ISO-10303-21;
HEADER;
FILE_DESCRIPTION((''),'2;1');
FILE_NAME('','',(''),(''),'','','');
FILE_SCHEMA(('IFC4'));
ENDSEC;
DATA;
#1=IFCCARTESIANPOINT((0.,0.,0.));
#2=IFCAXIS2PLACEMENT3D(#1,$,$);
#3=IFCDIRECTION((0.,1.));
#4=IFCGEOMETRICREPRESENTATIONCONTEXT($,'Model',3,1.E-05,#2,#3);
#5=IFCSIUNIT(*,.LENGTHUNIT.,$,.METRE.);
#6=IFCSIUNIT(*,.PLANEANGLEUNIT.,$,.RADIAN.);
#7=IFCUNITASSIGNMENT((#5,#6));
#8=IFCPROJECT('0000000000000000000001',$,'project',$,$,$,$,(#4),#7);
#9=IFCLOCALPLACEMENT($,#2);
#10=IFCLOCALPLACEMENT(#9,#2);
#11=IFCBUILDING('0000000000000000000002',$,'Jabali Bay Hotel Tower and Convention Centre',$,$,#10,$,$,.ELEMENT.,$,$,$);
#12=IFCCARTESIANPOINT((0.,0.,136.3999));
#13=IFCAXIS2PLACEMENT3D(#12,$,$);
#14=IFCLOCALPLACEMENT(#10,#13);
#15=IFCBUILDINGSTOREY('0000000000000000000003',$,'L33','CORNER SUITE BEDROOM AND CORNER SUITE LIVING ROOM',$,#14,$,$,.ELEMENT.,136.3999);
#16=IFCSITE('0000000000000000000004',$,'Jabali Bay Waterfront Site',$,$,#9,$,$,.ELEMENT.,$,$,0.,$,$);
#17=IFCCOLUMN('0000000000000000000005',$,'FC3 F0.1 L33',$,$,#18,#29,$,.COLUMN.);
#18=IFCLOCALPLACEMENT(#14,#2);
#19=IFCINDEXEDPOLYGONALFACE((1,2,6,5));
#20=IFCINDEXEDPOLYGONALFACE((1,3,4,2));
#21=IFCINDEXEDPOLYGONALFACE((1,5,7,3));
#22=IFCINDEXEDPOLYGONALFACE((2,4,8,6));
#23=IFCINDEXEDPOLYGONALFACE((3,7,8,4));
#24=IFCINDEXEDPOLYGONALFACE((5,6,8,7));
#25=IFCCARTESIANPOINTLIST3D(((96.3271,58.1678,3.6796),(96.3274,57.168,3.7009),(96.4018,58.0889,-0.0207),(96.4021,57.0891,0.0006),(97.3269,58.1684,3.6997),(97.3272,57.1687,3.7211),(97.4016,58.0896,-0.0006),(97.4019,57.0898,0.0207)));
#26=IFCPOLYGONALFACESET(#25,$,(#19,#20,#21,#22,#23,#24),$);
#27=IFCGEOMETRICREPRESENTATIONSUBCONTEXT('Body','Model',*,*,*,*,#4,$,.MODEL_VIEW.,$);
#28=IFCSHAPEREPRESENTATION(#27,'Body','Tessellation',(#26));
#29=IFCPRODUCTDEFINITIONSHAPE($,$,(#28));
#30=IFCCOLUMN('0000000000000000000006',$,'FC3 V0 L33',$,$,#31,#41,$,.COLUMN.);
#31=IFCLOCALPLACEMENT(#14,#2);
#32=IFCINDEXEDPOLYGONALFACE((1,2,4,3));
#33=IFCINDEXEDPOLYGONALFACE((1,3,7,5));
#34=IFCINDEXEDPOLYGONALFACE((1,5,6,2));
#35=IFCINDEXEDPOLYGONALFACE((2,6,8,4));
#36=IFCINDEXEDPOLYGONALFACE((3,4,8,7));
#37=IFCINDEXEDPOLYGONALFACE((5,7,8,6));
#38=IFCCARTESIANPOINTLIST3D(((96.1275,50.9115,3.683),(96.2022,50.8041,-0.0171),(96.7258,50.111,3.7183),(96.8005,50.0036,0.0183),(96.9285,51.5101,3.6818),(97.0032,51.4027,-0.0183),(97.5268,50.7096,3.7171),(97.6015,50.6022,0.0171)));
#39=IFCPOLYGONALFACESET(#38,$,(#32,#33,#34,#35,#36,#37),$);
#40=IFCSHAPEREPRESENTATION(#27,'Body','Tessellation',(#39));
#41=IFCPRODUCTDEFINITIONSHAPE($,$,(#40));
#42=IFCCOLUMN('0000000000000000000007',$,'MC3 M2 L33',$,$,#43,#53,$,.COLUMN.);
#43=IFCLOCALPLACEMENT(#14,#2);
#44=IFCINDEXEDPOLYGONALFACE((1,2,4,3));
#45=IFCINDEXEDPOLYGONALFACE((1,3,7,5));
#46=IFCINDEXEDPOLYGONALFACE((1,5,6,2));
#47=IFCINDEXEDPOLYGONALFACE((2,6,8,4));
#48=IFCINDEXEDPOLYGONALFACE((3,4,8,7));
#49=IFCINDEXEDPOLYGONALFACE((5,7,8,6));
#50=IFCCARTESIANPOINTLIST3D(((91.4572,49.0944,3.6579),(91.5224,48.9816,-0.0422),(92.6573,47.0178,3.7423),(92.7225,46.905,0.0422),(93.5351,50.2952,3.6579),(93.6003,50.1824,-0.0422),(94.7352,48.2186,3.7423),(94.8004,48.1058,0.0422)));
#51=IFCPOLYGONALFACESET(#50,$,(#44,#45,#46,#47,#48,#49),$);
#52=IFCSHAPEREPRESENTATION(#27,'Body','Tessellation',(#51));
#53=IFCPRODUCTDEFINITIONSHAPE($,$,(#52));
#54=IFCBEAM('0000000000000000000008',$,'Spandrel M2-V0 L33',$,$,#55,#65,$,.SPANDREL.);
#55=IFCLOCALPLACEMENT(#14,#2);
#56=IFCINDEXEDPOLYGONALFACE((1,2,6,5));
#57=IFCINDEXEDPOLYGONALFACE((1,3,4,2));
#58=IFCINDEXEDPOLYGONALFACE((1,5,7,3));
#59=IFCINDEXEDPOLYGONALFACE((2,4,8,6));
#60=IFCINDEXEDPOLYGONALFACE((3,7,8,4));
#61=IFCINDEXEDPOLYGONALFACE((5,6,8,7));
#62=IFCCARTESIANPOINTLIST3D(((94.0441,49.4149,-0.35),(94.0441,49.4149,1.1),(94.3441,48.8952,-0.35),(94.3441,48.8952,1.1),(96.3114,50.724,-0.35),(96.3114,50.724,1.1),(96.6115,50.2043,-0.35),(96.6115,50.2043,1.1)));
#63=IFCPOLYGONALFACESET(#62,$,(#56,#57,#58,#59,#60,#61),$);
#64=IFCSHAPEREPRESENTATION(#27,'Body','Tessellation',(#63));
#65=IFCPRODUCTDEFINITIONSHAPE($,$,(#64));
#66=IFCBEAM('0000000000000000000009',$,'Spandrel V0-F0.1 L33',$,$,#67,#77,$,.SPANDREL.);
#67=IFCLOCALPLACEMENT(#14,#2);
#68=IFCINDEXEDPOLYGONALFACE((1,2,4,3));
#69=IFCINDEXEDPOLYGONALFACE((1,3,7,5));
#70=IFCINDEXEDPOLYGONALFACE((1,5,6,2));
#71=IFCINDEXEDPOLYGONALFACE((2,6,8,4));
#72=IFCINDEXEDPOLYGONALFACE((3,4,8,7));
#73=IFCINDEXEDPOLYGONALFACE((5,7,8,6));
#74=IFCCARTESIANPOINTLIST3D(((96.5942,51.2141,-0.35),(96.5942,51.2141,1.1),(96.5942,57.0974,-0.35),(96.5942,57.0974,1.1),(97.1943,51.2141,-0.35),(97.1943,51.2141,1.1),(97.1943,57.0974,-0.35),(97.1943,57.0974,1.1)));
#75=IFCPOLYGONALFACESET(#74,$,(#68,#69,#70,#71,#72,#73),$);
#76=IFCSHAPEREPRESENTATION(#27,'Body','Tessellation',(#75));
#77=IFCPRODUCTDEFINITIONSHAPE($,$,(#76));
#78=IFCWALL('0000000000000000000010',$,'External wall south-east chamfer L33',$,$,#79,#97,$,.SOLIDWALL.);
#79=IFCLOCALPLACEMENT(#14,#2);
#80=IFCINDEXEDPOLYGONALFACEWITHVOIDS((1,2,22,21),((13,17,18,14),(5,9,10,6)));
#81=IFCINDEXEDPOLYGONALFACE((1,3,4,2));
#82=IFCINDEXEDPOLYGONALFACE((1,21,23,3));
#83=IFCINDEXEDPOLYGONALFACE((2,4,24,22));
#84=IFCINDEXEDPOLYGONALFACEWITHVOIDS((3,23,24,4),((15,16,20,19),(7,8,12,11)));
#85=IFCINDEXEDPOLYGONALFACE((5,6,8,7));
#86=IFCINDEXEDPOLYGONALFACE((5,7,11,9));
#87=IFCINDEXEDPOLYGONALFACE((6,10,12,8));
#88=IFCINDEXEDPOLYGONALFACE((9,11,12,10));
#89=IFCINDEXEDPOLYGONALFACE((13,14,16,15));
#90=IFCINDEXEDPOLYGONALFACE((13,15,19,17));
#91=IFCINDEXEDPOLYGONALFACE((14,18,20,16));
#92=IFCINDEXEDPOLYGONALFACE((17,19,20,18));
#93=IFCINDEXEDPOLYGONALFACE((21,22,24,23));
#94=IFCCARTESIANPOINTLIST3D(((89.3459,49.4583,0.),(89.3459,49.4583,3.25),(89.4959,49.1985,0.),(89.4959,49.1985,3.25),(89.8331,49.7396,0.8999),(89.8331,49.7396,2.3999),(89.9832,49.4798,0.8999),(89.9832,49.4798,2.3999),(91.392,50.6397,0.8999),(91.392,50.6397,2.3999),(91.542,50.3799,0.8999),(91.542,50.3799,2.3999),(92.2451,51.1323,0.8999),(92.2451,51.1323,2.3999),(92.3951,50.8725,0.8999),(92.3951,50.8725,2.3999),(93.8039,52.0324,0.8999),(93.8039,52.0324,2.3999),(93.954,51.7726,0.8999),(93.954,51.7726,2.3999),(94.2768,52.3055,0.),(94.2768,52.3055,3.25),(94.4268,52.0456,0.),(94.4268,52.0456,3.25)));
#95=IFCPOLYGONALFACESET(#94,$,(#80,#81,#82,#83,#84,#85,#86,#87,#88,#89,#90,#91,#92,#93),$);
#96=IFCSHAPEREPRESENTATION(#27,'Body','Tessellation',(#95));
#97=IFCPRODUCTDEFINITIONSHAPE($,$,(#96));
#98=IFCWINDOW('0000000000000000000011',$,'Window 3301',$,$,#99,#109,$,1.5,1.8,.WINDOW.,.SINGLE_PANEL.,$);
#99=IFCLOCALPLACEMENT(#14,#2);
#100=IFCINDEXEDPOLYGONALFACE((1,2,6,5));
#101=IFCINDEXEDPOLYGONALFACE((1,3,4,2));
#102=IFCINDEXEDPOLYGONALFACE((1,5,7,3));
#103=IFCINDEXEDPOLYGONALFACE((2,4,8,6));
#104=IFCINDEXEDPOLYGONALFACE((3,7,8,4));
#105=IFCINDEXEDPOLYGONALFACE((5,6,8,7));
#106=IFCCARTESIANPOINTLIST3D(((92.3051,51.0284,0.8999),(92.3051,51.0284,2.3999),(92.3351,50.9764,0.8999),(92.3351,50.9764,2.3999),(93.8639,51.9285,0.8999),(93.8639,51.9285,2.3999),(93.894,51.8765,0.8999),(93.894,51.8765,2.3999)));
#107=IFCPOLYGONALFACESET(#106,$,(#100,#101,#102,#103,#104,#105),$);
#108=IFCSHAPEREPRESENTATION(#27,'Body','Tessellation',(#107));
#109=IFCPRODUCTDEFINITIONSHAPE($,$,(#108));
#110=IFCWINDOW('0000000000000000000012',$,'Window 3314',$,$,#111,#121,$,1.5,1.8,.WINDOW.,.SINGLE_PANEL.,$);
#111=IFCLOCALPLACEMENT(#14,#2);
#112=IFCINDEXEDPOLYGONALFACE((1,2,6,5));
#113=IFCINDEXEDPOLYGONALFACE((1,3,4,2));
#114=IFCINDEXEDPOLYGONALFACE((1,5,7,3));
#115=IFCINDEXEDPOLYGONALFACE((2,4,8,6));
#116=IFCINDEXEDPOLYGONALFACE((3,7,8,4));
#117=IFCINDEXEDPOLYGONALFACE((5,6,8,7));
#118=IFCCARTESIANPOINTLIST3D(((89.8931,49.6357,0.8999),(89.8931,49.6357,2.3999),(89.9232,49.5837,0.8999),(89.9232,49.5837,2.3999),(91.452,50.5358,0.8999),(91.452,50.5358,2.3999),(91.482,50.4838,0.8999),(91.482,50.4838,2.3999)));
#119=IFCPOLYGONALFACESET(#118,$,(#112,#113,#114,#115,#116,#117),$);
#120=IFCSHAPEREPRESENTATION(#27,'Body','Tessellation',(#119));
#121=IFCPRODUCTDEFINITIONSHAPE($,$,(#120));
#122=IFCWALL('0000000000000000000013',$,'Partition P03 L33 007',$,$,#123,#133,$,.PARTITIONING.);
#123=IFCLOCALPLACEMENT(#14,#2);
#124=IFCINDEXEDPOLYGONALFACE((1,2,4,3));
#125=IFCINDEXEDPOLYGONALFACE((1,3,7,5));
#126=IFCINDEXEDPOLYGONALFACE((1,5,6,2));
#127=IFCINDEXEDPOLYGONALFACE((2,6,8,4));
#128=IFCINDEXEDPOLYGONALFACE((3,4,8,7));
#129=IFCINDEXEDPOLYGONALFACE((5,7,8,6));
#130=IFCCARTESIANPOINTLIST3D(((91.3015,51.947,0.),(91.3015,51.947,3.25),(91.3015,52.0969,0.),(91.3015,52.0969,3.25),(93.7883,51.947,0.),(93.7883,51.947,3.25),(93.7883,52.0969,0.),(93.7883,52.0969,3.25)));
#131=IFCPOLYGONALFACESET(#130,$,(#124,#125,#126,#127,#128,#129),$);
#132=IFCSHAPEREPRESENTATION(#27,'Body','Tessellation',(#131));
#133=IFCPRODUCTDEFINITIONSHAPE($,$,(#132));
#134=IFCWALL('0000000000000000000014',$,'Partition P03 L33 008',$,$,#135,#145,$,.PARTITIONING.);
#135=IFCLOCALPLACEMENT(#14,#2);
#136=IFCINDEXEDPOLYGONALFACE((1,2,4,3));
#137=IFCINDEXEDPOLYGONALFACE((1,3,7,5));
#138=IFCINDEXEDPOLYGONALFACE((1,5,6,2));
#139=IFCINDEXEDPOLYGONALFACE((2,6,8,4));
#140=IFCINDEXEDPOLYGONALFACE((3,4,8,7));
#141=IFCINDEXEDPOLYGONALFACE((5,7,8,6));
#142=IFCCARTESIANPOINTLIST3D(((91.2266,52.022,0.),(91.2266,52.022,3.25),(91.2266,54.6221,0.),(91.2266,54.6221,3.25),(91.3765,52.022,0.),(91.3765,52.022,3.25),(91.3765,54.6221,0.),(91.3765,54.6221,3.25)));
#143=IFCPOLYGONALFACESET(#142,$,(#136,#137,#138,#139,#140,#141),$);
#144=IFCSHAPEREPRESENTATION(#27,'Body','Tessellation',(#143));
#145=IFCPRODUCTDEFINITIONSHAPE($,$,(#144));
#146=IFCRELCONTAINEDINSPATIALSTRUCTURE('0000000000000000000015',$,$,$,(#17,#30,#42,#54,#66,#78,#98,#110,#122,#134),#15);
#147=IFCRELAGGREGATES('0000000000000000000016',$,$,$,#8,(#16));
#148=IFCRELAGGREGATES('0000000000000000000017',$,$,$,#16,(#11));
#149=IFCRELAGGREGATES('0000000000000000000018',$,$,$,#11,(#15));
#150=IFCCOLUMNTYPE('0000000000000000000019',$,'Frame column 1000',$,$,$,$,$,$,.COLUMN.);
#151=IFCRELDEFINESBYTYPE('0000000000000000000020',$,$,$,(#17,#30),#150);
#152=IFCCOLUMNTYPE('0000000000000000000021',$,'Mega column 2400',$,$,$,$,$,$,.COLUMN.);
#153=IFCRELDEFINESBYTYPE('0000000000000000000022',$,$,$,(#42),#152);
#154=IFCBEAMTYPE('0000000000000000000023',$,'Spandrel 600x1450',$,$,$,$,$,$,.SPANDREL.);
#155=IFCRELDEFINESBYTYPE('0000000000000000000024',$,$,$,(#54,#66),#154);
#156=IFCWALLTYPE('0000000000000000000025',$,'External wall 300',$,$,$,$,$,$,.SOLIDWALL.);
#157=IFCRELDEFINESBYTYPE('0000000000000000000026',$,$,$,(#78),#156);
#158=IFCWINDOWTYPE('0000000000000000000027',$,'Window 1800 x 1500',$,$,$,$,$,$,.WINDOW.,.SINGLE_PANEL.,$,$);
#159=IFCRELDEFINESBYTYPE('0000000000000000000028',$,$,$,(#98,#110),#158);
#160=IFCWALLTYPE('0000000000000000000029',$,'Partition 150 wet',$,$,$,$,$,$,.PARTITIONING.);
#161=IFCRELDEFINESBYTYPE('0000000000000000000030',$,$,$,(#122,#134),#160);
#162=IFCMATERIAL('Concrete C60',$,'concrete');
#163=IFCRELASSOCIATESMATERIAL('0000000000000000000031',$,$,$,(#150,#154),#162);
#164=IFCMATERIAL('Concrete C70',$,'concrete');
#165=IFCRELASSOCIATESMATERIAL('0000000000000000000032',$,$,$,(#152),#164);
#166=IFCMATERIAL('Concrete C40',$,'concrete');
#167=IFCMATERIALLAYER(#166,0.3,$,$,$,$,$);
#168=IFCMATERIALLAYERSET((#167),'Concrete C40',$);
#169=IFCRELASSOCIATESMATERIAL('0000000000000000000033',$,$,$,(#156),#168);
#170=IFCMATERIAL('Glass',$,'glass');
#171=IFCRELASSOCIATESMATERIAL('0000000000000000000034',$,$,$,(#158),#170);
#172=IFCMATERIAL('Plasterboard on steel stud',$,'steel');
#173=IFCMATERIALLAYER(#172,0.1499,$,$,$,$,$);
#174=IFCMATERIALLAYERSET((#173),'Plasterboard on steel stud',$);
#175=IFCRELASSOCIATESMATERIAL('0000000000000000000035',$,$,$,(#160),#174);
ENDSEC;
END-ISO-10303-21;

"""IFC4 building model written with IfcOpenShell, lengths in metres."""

from ifc_helpers import new_model, si_unit, direction, frame, frame_2d, origin, origin_2d, place, context, subcontext, project, spatial, rectangle, extrude, material, layer, layer_set, material_profile, profile_set, type_object, element, fill, save


model = new_model("IFC4")

# Units and contexts
model_context = context("Model", 3, precision=1e-05, world=origin(), true_north=direction((0.0, 1.0)))
body_context = subcontext(model_context, "Body", "Model", "MODEL_VIEW")
ifc_project = project(units=[si_unit("LENGTHUNIT", "METRE"), si_unit("PLANEANGLEUNIT", "RADIAN")], contexts=[model_context])

# Site, building, storey
site_placement = place(None, origin())
site = spatial("IfcSite", under=ifc_project, at=site_placement, Name="Jabali Bay Waterfront Site", CompositionType="ELEMENT", RefElevation=0.0)
building_placement = place(site_placement, origin())
building = spatial("IfcBuilding", under=site, at=building_placement, Name="Jabali Bay Hotel Tower and Convention Centre", CompositionType="ELEMENT")
storey_placement = place(building_placement, frame((0.0, 0.0, 136.3999)))
storey = spatial("IfcBuildingStorey", under=building, at=storey_placement, Name="L33", Description="CORNER SUITE BEDROOM AND CORNER SUITE LIVING ROOM", CompositionType="ELEMENT", Elevation=136.3999)

# Columns
ifc_material_1 = material(Name="Concrete C60", Category="concrete")
ifc_material_profile_1 = material_profile(ifc_material_1, rectangle(XDim=1.0, YDim=1.0, at=origin_2d()), Name="Frame column 1000")
ifc_profile_set_1 = profile_set([ifc_material_profile_1], Name="Concrete C60")
column_type_1 = type_object("IfcColumnType", Name="Frame column 1000", PredefinedType="COLUMN", material=ifc_profile_set_1)
column_1_placement = place(storey_placement, frame((96.9019, 57.5894, 0.0), z_axis=(-0.020181, 0.021303, 0.999569), x_axis=(0.000228, -0.999773, 0.021311)))
element("IfcColumn", 1, at=column_1_placement, inside=storey, type_object=column_type_1, Name="FC3 F0.1 L33", PredefinedType="COLUMN", context=body_context, shape_type="SweptSolid", body=[
    extrude(rectangle(XDim=1.0, YDim=1.0, at=origin_2d()), origin(), (0.0, 0.0, 1.0), 3.7019),
])
column_2_placement = place(storey_placement, frame((96.9019, 50.7031, 0.0), z_axis=(-0.020177, 0.029013, 0.999375), x_axis=(-0.801034, -0.598618, 0.001206)))
element("IfcColumn", 2, at=column_2_placement, inside=storey, type_object=column_type_1, Name="FC3 V0 L33", PredefinedType="COLUMN", context=body_context, shape_type="SweptSolid", body=[
    extrude(rectangle(XDim=1.0, YDim=1.0, at=origin_2d()), origin(), (0.0, 0.0, 1.0), 3.7024),
])
ifc_material_2 = material(Name="Concrete C70", Category="concrete")
ifc_material_profile_2 = material_profile(ifc_material_2, rectangle(XDim=2.3999, YDim=2.3999, at=origin_2d()), Name="Mega column 2400")
ifc_profile_set_2 = profile_set([ifc_material_profile_2], Name="Concrete C70")
column_type_2 = type_object("IfcColumnType", Name="Mega column 2400", PredefinedType="COLUMN", material=ifc_profile_set_2)
column_3_placement = place(storey_placement, frame((93.1614, 48.5437, 0.0), z_axis=(-0.017606, 0.030464, 0.999381), x_axis=(-0.865809, -0.500375, 0.0)))
element("IfcColumn", 3, at=column_3_placement, inside=storey, type_object=column_type_2, Name="MC3 M2 L33", PredefinedType="COLUMN", context=body_context, shape_type="SweptSolid", body=[
    extrude(rectangle(XDim=2.3999, YDim=2.3999, at=origin_2d()), origin(), (0.0, 0.0, 1.0), 3.7024),
])

# Beams
ifc_material_profile_3 = material_profile(ifc_material_1, rectangle(XDim=0.6001, YDim=1.45, at=origin_2d()), Name="Spandrel 600x1450")
ifc_profile_set_3 = profile_set([ifc_material_profile_3], Name="Concrete C60")
beam_type = type_object("IfcBeamType", Name="Spandrel 600x1450", PredefinedType="SPANDREL", material=ifc_profile_set_3)
beam_1_placement = place(storey_placement, frame((94.1941, 49.155, 0.375), z_axis=(0.866019, 0.50001, 0.0), x_axis=(-0.50001, 0.866019, 0.0)))
element("IfcBeam", 4, at=beam_1_placement, inside=storey, type_object=beam_type, Name="Spandrel M2-V0 L33", PredefinedType="SPANDREL", context=body_context, shape_type="SweptSolid", body=[
    extrude(rectangle(XDim=0.6001, YDim=1.45, at=origin_2d()), origin(), (0.0, 0.0, 1.0), 2.6182),
])
beam_2_placement = place(storey_placement, frame((96.8943, 51.2141, 0.375), z_axis=(0.0, 1.0, 0.0), x_axis=(-1.0, 0.0, 0.0)))
element("IfcBeam", 5, at=beam_2_placement, inside=storey, type_object=beam_type, Name="Spandrel V0-F0.1 L33", PredefinedType="SPANDREL", context=body_context, shape_type="SweptSolid", body=[
    extrude(rectangle(XDim=0.6001, YDim=1.45, at=origin_2d()), origin(), (0.0, 0.0, 1.0), 5.8833),
])

# Wall, openings, windows
ifc_material_3 = material(Name="Concrete C40", Category="concrete")
ifc_layer_1 = layer(ifc_material_3, 0.3)
ifc_layer_set_1 = layer_set([ifc_layer_1], Name="Concrete C40")
wall_type_1 = type_object("IfcWallType", Name="External wall 300", PredefinedType="SOLIDWALL", material=ifc_layer_set_1)
wall_1_placement = place(storey_placement, frame((94.3518, 52.1755, 0.0), z_axis=(0.0, 0.0, 1.0), x_axis=(-0.866002, -0.50004, 0.0)))
wall_1 = element("IfcWall", 6, at=wall_1_placement, inside=storey, type_object=wall_type_1, Name="External wall south-east chamfer L33", PredefinedType="SOLIDWALL", context=body_context, shape_type="SweptSolid", body=[
    extrude(rectangle(XDim=5.6938, YDim=0.3, at=frame_2d((2.8469, 0.0))), origin(), (0.0, 0.0, 1.0), 3.25),
])
opening_1_placement = place(wall_1_placement, frame((0.5461, 0.0, 0.8999)))
opening_1 = element("IfcOpeningElement", 7, at=opening_1_placement, cuts=wall_1, PredefinedType="OPENING", context=body_context, shape_type="SweptSolid", body=[
    extrude(rectangle(XDim=1.8, YDim=1.5, at=frame_2d((0.8999, 0.75))), frame((0.0, 0.1606, 0.0), z_axis=(0.0, -1.0, 0.0), x_axis=(1.0, 0.0, 0.0)), (0.0, 0.0, 1.0), 0.321),
])
opening_2_placement = place(wall_1_placement, frame((3.3313, 0.0, 0.8999)))
opening_2 = element("IfcOpeningElement", 8, at=opening_2_placement, cuts=wall_1, PredefinedType="OPENING", context=body_context, shape_type="SweptSolid", body=[
    extrude(rectangle(XDim=1.8, YDim=1.5, at=frame_2d((0.8999, 0.75))), frame((0.0, 0.1606, 0.0), z_axis=(0.0, -1.0, 0.0), x_axis=(1.0, 0.0, 0.0)), (0.0, 0.0, 1.0), 0.321),
])
ifc_material_4 = material(Name="Glass", Category="glass")
window_type = type_object("IfcWindowType", Name="Window 1800 x 1500", PartitioningType="SINGLE_PANEL", PredefinedType="WINDOW", material=ifc_material_4)
window_1_placement = place(opening_1_placement, origin())
window_1 = element("IfcWindow", 9, at=window_1_placement, inside=storey, type_object=window_type, Name="Window 3301", OverallHeight=1.5, OverallWidth=1.8, PartitioningType="SINGLE_PANEL", PredefinedType="WINDOW", context=body_context, shape_type="SweptSolid", body=[
    extrude(rectangle(XDim=1.8, YDim=1.5, at=frame_2d((0.8999, 0.75))), frame((0.0, 0.03, 0.0), z_axis=(0.0, -1.0, 0.0), x_axis=(1.0, 0.0, 0.0)), (0.0, 0.0, 1.0), 0.0601),
])
fill(opening_1, window_1)
window_2_placement = place(opening_2_placement, origin())
window_2 = element("IfcWindow", 10, at=window_2_placement, inside=storey, type_object=window_type, Name="Window 3314", OverallHeight=1.5, OverallWidth=1.8, PartitioningType="SINGLE_PANEL", PredefinedType="WINDOW", context=body_context, shape_type="SweptSolid", body=[
    extrude(rectangle(XDim=1.8, YDim=1.5, at=frame_2d((0.8999, 0.75))), frame((0.0, 0.03, 0.0), z_axis=(0.0, -1.0, 0.0), x_axis=(1.0, 0.0, 0.0)), (0.0, 0.0, 1.0), 0.0601),
])
fill(opening_2, window_2)

# Walls
ifc_material_5 = material(Name="Plasterboard on steel stud", Category="steel")
ifc_layer_2 = layer(ifc_material_5, 0.1499)
ifc_layer_set_2 = layer_set([ifc_layer_2], Name="Plasterboard on steel stud")
wall_type_2 = type_object("IfcWallType", Name="Partition 150 wet", PredefinedType="PARTITIONING", material=ifc_layer_set_2)
wall_2_placement = place(storey_placement, frame((93.7883, 52.022, 0.0), z_axis=(0.0, 0.0, 1.0), x_axis=(-1.0, 0.0, 0.0)))
element("IfcWall", 11, at=wall_2_placement, inside=storey, type_object=wall_type_2, Name="Partition P03 L33 007", PredefinedType="PARTITIONING", context=body_context, shape_type="SweptSolid", body=[
    extrude(rectangle(XDim=2.4868, YDim=0.1499, at=frame_2d((1.2434, 0.0))), origin(), (0.0, 0.0, 1.0), 3.25),
])
wall_3_placement = place(storey_placement, frame((91.3015, 52.022, 0.0), z_axis=(0.0, 0.0, 1.0), x_axis=(0.0, 1.0, 0.0)))
element("IfcWall", 12, at=wall_3_placement, inside=storey, type_object=wall_type_2, Name="Partition P03 L33 008", PredefinedType="PARTITIONING", context=body_context, shape_type="SweptSolid", body=[
    extrude(rectangle(XDim=2.6001, YDim=0.1499, at=frame_2d((1.3, 0.0))), origin(), (0.0, 0.0, 1.0), 3.25),
])

save(model, "model.ifc")
